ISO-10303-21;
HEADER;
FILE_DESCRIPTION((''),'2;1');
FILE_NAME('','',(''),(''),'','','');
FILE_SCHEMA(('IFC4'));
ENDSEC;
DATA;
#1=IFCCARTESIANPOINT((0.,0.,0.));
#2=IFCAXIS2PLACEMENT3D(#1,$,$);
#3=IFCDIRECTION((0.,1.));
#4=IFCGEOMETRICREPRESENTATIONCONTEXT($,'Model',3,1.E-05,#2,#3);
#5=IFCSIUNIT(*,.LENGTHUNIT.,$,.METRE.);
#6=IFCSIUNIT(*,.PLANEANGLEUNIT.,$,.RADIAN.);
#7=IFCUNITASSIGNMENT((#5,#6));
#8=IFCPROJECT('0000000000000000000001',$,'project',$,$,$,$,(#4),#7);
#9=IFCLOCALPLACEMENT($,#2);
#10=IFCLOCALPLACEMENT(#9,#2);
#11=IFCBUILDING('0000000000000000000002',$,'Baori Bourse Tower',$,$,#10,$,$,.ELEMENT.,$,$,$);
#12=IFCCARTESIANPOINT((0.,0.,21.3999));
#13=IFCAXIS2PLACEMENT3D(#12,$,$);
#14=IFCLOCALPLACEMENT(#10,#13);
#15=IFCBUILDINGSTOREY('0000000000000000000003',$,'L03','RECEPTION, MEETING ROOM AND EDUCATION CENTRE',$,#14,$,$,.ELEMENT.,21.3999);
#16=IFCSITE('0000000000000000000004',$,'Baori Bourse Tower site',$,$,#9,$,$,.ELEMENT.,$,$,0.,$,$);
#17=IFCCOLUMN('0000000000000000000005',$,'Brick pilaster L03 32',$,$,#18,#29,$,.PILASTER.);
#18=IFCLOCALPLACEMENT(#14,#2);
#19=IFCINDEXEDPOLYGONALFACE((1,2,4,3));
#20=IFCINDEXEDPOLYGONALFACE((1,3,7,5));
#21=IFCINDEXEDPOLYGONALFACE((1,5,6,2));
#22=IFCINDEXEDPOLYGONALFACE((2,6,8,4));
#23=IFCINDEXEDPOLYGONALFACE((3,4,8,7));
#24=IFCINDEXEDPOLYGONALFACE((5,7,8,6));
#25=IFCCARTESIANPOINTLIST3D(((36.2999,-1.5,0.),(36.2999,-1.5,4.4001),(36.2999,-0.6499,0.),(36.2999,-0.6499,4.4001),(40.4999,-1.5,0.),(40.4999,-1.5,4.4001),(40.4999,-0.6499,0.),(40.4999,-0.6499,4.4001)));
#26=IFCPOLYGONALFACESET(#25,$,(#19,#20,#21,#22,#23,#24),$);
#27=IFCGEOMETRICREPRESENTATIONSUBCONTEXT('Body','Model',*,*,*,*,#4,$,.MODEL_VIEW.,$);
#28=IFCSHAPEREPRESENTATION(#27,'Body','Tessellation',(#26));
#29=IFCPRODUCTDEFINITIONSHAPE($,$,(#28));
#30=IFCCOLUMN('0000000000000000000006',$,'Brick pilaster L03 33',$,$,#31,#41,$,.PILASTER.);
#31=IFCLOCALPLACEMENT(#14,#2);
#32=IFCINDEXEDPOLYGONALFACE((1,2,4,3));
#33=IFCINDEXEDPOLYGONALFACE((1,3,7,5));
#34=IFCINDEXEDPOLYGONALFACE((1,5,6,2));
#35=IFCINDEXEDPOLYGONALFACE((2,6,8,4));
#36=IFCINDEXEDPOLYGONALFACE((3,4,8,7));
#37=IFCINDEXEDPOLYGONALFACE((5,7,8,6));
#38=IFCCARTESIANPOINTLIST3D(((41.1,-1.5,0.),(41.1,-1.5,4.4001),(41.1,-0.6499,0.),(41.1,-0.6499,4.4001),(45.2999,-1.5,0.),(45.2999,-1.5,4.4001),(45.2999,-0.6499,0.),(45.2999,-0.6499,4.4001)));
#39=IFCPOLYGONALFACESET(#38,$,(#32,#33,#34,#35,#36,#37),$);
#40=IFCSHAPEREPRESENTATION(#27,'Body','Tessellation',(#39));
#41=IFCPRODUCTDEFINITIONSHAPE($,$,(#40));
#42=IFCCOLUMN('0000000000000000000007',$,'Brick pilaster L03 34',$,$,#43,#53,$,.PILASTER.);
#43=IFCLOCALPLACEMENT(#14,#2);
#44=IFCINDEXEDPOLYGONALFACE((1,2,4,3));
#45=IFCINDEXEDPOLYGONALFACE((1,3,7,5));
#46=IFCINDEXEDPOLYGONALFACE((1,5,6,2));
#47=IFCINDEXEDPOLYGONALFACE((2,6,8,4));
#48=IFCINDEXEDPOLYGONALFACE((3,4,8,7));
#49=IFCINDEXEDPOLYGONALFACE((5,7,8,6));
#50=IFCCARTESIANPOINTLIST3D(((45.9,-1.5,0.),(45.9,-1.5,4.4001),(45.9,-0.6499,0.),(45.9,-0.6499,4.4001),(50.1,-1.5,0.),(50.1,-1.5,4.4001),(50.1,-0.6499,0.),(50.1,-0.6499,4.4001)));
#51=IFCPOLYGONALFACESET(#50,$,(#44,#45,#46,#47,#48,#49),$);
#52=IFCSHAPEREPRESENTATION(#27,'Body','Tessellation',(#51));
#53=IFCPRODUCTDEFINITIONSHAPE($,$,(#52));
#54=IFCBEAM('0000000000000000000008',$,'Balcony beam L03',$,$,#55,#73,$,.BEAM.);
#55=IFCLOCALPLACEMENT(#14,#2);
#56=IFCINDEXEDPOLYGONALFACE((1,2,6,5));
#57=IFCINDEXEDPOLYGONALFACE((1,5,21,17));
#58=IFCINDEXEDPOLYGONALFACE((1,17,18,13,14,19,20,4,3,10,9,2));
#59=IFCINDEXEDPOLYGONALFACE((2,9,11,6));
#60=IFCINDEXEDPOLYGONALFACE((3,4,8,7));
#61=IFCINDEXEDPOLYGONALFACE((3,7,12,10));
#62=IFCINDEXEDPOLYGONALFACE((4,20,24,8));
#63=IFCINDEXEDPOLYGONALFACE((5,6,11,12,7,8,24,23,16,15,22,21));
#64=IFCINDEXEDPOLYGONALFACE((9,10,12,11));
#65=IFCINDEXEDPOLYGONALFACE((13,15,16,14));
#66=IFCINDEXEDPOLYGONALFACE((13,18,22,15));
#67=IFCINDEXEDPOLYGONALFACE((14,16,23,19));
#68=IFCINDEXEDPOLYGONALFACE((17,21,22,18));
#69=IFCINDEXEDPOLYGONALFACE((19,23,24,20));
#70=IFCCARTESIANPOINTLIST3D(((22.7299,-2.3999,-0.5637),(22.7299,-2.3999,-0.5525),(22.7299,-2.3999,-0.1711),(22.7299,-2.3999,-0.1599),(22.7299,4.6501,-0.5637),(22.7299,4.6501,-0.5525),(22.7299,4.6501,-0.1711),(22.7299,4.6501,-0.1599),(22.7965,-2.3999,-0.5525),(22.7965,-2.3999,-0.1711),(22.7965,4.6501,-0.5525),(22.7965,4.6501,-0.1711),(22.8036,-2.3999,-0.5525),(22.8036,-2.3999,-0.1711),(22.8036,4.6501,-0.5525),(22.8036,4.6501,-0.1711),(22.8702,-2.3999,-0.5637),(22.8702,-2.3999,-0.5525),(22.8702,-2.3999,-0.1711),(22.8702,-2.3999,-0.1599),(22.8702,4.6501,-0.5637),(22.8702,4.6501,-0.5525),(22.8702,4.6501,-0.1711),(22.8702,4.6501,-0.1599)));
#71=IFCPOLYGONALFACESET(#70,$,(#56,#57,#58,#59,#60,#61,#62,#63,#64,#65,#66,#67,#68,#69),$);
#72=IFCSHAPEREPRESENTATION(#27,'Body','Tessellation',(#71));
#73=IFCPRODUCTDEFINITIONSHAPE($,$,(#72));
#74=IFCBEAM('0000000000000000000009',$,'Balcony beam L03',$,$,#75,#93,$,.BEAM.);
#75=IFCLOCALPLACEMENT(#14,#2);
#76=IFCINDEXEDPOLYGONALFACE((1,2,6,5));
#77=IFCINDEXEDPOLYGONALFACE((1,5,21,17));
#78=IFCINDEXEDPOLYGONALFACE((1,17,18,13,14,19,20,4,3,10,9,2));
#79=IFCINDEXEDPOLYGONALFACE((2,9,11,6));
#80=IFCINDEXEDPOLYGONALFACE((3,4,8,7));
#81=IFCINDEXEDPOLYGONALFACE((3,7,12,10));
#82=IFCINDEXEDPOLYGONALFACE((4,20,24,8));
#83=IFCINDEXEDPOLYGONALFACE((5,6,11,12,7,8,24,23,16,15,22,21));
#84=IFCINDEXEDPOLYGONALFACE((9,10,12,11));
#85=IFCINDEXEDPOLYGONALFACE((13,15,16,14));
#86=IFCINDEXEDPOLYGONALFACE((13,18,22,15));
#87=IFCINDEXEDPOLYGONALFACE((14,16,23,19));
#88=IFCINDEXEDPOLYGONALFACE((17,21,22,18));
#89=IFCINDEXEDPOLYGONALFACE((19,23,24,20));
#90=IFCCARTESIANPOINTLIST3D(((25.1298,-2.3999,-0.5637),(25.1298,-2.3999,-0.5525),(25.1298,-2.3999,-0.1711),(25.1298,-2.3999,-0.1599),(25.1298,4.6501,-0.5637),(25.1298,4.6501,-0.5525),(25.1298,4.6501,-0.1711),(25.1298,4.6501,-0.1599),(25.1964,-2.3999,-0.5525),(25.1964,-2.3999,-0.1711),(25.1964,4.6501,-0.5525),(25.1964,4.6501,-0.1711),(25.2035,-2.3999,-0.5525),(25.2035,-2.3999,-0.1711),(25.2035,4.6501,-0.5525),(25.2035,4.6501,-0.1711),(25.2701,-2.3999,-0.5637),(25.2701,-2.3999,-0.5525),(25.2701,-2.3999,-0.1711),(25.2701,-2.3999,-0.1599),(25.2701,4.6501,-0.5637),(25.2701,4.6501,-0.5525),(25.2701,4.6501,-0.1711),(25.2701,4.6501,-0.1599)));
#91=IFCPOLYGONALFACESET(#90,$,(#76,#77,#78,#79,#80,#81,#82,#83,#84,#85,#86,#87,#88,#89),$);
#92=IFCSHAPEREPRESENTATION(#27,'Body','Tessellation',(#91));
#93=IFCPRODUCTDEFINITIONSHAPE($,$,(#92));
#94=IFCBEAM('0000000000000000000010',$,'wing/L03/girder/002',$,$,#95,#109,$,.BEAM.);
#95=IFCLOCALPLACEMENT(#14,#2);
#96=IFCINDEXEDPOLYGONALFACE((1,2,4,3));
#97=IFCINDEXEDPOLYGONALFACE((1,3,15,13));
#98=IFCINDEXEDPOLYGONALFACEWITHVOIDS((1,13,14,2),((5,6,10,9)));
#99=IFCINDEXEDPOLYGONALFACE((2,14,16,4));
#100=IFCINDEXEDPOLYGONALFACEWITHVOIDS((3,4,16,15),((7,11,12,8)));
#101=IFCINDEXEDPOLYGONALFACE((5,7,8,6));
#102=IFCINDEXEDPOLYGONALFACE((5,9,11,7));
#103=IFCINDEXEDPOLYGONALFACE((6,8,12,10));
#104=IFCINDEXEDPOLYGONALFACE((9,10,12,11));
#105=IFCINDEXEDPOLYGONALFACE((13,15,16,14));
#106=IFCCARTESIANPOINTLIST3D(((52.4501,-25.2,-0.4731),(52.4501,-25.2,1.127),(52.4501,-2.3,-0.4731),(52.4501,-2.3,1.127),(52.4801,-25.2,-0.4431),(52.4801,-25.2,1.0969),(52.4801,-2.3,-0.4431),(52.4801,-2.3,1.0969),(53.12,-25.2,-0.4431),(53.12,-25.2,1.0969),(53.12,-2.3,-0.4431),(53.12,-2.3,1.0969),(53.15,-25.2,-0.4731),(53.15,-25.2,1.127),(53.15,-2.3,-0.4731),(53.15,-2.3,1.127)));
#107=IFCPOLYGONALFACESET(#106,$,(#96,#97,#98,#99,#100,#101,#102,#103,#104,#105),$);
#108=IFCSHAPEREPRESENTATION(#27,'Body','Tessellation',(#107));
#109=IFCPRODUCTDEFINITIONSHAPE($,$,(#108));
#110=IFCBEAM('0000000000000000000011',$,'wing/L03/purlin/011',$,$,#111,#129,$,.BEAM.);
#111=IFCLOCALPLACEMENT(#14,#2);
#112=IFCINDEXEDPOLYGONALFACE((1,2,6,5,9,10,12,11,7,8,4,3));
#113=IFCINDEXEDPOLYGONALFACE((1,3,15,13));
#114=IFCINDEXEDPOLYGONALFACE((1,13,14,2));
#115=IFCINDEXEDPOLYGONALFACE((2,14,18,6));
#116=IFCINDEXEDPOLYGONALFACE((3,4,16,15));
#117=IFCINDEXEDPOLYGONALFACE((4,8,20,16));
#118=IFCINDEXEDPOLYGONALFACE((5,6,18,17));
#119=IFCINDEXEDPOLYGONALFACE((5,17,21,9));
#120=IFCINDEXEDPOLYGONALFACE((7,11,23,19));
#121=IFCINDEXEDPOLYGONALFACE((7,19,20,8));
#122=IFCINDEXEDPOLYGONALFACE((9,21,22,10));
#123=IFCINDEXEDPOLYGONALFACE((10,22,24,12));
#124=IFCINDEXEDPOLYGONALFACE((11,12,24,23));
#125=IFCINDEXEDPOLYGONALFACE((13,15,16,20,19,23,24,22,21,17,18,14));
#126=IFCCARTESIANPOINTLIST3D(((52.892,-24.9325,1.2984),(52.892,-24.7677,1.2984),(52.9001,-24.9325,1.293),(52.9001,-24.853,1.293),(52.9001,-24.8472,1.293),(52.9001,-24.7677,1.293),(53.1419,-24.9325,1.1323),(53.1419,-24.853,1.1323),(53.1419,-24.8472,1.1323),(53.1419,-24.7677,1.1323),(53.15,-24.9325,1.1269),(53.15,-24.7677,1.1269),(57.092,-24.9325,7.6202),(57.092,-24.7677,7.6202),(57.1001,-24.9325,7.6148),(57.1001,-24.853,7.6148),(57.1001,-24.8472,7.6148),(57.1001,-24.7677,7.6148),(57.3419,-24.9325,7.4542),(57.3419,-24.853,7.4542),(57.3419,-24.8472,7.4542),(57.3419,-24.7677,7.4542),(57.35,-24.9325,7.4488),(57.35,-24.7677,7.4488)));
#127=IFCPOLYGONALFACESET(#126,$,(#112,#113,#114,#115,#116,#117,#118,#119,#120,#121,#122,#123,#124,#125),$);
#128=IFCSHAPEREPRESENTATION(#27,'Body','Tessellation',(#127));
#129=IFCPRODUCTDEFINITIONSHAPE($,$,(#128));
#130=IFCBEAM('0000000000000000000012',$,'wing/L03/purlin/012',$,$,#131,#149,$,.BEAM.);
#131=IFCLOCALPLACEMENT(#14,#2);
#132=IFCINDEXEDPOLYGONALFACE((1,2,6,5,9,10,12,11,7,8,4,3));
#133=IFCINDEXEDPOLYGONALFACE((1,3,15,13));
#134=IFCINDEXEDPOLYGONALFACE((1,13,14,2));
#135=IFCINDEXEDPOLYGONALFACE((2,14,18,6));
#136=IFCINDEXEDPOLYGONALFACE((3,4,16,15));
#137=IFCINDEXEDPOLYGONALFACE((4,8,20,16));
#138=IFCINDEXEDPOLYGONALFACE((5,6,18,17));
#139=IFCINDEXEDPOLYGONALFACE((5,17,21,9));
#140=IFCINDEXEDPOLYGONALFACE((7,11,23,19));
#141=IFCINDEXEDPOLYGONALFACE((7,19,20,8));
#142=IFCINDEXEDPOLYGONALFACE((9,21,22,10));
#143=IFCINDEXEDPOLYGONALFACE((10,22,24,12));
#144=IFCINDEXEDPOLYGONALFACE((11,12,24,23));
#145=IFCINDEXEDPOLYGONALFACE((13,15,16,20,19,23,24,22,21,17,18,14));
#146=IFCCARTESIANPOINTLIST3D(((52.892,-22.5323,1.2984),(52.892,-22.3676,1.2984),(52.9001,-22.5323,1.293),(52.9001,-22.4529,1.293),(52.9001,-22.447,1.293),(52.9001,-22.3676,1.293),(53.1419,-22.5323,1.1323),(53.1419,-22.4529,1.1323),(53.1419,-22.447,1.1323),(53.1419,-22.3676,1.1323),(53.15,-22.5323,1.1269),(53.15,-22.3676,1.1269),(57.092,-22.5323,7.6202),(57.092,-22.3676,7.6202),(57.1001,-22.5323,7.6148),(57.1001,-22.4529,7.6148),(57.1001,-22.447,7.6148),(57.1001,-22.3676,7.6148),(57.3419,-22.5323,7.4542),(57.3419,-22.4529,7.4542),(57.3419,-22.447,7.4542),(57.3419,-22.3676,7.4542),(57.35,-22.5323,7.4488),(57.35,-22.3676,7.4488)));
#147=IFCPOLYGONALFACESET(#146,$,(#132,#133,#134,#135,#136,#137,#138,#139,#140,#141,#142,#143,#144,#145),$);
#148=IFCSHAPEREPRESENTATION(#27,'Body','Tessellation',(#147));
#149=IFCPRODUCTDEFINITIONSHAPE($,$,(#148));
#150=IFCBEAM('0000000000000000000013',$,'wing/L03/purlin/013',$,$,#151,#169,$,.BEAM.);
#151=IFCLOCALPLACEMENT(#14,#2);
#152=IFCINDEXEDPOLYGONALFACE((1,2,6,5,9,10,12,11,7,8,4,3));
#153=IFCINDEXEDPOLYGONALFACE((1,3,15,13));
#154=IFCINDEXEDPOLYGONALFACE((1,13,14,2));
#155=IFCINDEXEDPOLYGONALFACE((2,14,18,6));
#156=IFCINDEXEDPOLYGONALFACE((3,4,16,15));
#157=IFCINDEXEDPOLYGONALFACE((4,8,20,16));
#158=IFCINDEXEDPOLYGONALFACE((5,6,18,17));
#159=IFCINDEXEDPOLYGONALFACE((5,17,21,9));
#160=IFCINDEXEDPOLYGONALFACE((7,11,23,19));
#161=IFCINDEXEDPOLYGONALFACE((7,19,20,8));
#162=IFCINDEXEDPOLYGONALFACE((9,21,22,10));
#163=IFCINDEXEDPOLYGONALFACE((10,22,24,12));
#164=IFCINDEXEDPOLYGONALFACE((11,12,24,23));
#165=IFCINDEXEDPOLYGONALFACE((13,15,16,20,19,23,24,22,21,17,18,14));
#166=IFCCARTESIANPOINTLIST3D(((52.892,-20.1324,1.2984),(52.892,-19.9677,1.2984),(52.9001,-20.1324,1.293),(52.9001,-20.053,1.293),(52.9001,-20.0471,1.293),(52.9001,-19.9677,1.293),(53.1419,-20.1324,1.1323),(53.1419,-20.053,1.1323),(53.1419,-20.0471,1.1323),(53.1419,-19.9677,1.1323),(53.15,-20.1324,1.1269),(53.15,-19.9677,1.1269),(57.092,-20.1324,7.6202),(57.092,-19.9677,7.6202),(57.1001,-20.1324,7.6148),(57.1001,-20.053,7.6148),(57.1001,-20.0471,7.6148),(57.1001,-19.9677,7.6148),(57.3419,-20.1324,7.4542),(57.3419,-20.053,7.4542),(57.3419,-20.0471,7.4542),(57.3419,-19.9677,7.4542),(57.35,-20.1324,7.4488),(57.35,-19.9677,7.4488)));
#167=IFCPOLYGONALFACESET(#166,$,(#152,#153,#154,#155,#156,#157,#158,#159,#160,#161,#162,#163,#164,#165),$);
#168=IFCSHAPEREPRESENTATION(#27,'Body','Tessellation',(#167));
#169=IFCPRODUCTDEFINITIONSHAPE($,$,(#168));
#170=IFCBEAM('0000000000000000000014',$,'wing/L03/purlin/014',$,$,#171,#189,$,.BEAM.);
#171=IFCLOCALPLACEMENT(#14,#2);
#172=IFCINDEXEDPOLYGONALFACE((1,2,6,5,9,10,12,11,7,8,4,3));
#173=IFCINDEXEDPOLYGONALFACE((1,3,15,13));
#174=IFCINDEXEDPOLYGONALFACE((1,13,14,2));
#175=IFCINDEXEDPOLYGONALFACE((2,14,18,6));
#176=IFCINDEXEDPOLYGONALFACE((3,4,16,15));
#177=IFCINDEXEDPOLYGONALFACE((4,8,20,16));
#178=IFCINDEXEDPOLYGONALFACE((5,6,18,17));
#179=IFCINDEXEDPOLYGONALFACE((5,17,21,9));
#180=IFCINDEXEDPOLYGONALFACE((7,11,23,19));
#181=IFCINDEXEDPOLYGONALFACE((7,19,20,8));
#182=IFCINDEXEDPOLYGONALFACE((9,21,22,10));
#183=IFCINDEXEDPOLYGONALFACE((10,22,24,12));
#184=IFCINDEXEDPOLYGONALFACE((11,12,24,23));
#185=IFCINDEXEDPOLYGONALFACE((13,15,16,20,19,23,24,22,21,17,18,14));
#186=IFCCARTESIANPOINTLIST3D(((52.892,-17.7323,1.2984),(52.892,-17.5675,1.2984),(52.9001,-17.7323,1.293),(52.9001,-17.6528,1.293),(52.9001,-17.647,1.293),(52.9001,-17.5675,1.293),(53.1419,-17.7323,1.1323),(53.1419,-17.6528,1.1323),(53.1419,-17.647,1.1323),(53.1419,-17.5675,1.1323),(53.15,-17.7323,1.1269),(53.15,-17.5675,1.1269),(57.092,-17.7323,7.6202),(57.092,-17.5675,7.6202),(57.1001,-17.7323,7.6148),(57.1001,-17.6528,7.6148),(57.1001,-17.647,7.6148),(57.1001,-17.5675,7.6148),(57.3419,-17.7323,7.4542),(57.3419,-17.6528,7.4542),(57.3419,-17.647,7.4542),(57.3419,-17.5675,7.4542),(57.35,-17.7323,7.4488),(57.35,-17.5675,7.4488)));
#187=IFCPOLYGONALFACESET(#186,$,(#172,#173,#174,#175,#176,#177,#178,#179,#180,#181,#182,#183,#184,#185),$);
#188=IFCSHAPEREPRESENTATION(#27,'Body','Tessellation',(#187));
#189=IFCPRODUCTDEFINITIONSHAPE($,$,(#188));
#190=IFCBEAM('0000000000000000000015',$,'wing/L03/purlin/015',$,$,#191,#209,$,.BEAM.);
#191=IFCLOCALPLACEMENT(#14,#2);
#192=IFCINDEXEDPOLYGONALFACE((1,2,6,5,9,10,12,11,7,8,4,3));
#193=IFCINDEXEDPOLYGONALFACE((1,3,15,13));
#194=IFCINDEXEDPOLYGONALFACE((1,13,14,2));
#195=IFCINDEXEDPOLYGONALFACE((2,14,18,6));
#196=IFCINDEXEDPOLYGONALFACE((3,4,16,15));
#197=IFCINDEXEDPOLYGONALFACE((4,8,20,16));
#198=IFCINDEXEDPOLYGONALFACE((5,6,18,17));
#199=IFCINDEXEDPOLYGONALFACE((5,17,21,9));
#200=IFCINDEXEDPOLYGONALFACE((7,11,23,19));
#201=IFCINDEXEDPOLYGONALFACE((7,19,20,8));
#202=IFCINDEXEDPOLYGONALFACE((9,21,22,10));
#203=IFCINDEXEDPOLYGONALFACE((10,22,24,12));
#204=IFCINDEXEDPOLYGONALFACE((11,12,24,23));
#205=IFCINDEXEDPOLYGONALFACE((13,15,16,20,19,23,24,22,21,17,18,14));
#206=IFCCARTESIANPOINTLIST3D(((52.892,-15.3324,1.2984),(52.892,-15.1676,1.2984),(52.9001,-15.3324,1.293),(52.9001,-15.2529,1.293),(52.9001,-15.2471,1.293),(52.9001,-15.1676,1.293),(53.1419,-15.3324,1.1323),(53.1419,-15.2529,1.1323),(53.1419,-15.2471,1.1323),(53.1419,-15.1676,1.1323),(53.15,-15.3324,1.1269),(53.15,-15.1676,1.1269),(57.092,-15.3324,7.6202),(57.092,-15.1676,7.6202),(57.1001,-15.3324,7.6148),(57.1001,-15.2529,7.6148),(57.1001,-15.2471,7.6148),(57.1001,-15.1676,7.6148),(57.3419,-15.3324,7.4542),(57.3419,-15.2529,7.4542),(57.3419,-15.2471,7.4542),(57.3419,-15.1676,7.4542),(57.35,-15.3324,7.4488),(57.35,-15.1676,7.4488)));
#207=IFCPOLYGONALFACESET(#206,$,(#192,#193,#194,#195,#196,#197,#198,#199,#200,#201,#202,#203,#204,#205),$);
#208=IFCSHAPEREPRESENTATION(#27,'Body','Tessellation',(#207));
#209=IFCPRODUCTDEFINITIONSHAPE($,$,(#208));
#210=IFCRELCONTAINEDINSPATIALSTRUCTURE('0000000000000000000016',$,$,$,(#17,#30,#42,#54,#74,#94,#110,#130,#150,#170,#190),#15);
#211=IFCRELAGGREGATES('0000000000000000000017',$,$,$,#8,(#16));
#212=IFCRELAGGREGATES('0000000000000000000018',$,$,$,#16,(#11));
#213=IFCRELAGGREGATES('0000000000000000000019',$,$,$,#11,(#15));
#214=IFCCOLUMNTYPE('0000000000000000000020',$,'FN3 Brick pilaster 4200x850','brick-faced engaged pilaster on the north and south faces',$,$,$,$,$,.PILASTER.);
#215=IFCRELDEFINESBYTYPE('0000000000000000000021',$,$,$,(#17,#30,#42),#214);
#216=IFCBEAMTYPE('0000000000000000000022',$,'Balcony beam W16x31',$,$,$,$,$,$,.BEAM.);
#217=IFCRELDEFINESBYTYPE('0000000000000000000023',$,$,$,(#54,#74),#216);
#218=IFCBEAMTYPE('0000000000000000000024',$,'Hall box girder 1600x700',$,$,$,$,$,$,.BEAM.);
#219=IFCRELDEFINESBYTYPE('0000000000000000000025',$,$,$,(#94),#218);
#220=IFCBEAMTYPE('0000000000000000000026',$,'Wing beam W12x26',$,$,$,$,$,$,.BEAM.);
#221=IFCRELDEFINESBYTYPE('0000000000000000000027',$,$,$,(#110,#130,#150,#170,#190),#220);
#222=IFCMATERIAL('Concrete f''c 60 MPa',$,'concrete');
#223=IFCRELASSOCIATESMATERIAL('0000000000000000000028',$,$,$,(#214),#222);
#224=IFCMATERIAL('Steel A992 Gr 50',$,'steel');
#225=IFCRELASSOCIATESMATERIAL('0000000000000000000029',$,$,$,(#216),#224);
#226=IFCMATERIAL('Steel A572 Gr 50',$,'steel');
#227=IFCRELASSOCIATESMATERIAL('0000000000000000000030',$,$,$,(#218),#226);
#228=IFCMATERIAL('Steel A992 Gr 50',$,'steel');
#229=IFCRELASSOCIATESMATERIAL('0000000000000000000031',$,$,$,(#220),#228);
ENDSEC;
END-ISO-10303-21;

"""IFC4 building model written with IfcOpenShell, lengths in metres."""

from ifc_helpers import new_model, si_unit, direction, frame, origin, origin_2d, place, context, subcontext, project, spatial, rectangle, hollow_rectangle, i_section, extrude, material, material_profile, profile_set, type_object, element, save


model = new_model("IFC4")

# Units and contexts
model_context = context("Model", 3, precision=1e-05, world=origin(), true_north=direction((0.0, 1.0)))
body_context = subcontext(model_context, "Body", "Model", "MODEL_VIEW")
ifc_project = project(units=[si_unit("LENGTHUNIT", "METRE"), si_unit("PLANEANGLEUNIT", "RADIAN")], contexts=[model_context])

# Site, building, storey
site_placement = place(None, origin())
site = spatial("IfcSite", under=ifc_project, at=site_placement, Name="Baori Bourse Tower site", CompositionType="ELEMENT", RefElevation=0.0)
building_placement = place(site_placement, origin())
building = spatial("IfcBuilding", under=site, at=building_placement, Name="Baori Bourse Tower", CompositionType="ELEMENT")
storey_placement = place(building_placement, frame((0.0, 0.0, 21.3999)))
storey = spatial("IfcBuildingStorey", under=building, at=storey_placement, Name="L03", Description="RECEPTION, MEETING ROOM AND EDUCATION CENTRE", CompositionType="ELEMENT", Elevation=21.3999)

# Columns
ifc_material_1 = material(Name="Concrete f'c 60 MPa", Category="concrete")
ifc_material_profile_1 = material_profile(ifc_material_1, rectangle(XDim=4.2, YDim=0.8501, at=origin_2d()), Name="RC 4200x850")
ifc_profile_set_1 = profile_set([ifc_material_profile_1], Name="Concrete f'c 60 MPa")
column_type = type_object("IfcColumnType", Name="FN3 Brick pilaster 4200x850", Description="brick-faced engaged pilaster on the north and south faces", PredefinedType="PILASTER", material=ifc_profile_set_1)
for number, where, z_axis, x_axis, name in (
    (1, (38.3999, -1.075, 0.0), (0.0, 0.0, 1.0), (1.0, 0.0, 0.0), "Brick pilaster L03 32"),
    (2, (43.2, -1.075, 0.0), (0.0, 0.0, 1.0), (1.0, 0.0, 0.0), "Brick pilaster L03 33"),
    (3, (48.0, -1.075, 0.0), (0.0, 0.0, 1.0), (1.0, 0.0, 0.0), "Brick pilaster L03 34"),
):
    element("IfcColumn", number, at=place(storey_placement, frame(where, z_axis=z_axis, x_axis=x_axis)), inside=storey, type_object=column_type, Name=name, PredefinedType="PILASTER", context=body_context, shape_type="SweptSolid", body=[
        extrude(rectangle(XDim=4.2, YDim=0.8501, at=origin_2d()), origin(), (0.0, 0.0, 1.0), 4.4001),
    ])

# Beams
ifc_material_2 = material(Name="Steel A992 Gr 50", Category="steel")
ifc_material_profile_2 = material_profile(ifc_material_2, i_section(OverallWidth=0.1404, OverallDepth=0.4038, WebThickness=0.0071, FlangeThickness=0.0112, at=origin_2d()), Name="W16x31")
ifc_profile_set_2 = profile_set([ifc_material_profile_2], Name="Steel A992 Gr 50")
beam_type_1 = type_object("IfcBeamType", Name="Balcony beam W16x31", PredefinedType="BEAM", material=ifc_profile_set_2)
for number, where, z_axis, x_axis, name in (
    (4, (22.8, -2.3999, -0.3618), (0.0, 1.0, 0.0), (-1.0, 0.0, 0.0), "Balcony beam L03"),
    (5, (25.2, -2.3999, -0.3618), (0.0, 1.0, 0.0), (-1.0, 0.0, 0.0), "Balcony beam L03"),
):
    element("IfcBeam", number, at=place(storey_placement, frame(where, z_axis=z_axis, x_axis=x_axis)), inside=storey, type_object=beam_type_1, Name=name, PredefinedType="BEAM", context=body_context, shape_type="SweptSolid", body=[
        extrude(i_section(OverallWidth=0.1404, OverallDepth=0.4038, WebThickness=0.0071, FlangeThickness=0.0112, at=origin_2d()), origin(), (0.0, 0.0, 1.0), 7.05),
    ])
ifc_material_3 = material(Name="Steel A572 Gr 50", Category="steel")
ifc_material_profile_3 = material_profile(ifc_material_3, hollow_rectangle(XDim=0.7, YDim=1.6001, WallThickness=0.03, at=origin_2d()), Name="BOX 1600x700x30")
ifc_profile_set_3 = profile_set([ifc_material_profile_3], Name="Steel A572 Gr 50")
beam_type_2 = type_object("IfcBeamType", Name="Hall box girder 1600x700", PredefinedType="BEAM", material=ifc_profile_set_3)
beam_placement = place(storey_placement, frame((52.8, -25.2, 0.3269), z_axis=(0.0, 1.0, 0.0), x_axis=(-1.0, 0.0, 0.0)))
element("IfcBeam", 6, at=beam_placement, inside=storey, type_object=beam_type_2, Name="wing/L03/girder/002", PredefinedType="BEAM", context=body_context, shape_type="SweptSolid", body=[
    extrude(hollow_rectangle(XDim=0.7, YDim=1.6001, WallThickness=0.03, at=origin_2d()), origin(), (0.0, 0.0, 1.0), 22.8999),
])
ifc_material_4 = material(Name="Steel A992 Gr 50", Category="steel")
ifc_material_profile_4 = material_profile(ifc_material_4, i_section(OverallWidth=0.1648, OverallDepth=0.3098, WebThickness=0.0059, FlangeThickness=0.0098, at=origin_2d()), Name="W12x26")
ifc_profile_set_4 = profile_set([ifc_material_profile_4], Name="Steel A992 Gr 50")
beam_type_3 = type_object("IfcBeamType", Name="Wing beam W12x26", PredefinedType="BEAM", material=ifc_profile_set_4)
for number, where, z_axis, x_axis, name in (
    (7, (53.021, -24.8501, 1.2126), (0.553371, 0.0, 0.832935), (0.0, 1.0, 0.0), "wing/L03/purlin/011"),
    (8, (53.021, -22.45, 1.2126), (0.553371, 0.0, 0.832935), (0.0, 1.0, 0.0), "wing/L03/purlin/012"),
    (9, (53.021, -20.05, 1.2126), (0.553371, 0.0, 0.832935), (0.0, 1.0, 0.0), "wing/L03/purlin/013"),
    (10, (53.021, -17.6499, 1.2126), (0.553371, 0.0, 0.832935), (0.0, 1.0, 0.0), "wing/L03/purlin/014"),
    (11, (53.021, -15.25, 1.2126), (0.553371, 0.0, 0.832935), (0.0, 1.0, 0.0), "wing/L03/purlin/015"),
):
    element("IfcBeam", number, at=place(storey_placement, frame(where, z_axis=z_axis, x_axis=x_axis)), inside=storey, type_object=beam_type_3, Name=name, PredefinedType="BEAM", context=body_context, shape_type="SweptSolid", body=[
        extrude(i_section(OverallWidth=0.1648, OverallDepth=0.3098, WebThickness=0.0059, FlangeThickness=0.0098, at=origin_2d()), origin(), (0.0, 0.0, 1.0), 7.5898),
    ])

save(model, "model.ifc")
